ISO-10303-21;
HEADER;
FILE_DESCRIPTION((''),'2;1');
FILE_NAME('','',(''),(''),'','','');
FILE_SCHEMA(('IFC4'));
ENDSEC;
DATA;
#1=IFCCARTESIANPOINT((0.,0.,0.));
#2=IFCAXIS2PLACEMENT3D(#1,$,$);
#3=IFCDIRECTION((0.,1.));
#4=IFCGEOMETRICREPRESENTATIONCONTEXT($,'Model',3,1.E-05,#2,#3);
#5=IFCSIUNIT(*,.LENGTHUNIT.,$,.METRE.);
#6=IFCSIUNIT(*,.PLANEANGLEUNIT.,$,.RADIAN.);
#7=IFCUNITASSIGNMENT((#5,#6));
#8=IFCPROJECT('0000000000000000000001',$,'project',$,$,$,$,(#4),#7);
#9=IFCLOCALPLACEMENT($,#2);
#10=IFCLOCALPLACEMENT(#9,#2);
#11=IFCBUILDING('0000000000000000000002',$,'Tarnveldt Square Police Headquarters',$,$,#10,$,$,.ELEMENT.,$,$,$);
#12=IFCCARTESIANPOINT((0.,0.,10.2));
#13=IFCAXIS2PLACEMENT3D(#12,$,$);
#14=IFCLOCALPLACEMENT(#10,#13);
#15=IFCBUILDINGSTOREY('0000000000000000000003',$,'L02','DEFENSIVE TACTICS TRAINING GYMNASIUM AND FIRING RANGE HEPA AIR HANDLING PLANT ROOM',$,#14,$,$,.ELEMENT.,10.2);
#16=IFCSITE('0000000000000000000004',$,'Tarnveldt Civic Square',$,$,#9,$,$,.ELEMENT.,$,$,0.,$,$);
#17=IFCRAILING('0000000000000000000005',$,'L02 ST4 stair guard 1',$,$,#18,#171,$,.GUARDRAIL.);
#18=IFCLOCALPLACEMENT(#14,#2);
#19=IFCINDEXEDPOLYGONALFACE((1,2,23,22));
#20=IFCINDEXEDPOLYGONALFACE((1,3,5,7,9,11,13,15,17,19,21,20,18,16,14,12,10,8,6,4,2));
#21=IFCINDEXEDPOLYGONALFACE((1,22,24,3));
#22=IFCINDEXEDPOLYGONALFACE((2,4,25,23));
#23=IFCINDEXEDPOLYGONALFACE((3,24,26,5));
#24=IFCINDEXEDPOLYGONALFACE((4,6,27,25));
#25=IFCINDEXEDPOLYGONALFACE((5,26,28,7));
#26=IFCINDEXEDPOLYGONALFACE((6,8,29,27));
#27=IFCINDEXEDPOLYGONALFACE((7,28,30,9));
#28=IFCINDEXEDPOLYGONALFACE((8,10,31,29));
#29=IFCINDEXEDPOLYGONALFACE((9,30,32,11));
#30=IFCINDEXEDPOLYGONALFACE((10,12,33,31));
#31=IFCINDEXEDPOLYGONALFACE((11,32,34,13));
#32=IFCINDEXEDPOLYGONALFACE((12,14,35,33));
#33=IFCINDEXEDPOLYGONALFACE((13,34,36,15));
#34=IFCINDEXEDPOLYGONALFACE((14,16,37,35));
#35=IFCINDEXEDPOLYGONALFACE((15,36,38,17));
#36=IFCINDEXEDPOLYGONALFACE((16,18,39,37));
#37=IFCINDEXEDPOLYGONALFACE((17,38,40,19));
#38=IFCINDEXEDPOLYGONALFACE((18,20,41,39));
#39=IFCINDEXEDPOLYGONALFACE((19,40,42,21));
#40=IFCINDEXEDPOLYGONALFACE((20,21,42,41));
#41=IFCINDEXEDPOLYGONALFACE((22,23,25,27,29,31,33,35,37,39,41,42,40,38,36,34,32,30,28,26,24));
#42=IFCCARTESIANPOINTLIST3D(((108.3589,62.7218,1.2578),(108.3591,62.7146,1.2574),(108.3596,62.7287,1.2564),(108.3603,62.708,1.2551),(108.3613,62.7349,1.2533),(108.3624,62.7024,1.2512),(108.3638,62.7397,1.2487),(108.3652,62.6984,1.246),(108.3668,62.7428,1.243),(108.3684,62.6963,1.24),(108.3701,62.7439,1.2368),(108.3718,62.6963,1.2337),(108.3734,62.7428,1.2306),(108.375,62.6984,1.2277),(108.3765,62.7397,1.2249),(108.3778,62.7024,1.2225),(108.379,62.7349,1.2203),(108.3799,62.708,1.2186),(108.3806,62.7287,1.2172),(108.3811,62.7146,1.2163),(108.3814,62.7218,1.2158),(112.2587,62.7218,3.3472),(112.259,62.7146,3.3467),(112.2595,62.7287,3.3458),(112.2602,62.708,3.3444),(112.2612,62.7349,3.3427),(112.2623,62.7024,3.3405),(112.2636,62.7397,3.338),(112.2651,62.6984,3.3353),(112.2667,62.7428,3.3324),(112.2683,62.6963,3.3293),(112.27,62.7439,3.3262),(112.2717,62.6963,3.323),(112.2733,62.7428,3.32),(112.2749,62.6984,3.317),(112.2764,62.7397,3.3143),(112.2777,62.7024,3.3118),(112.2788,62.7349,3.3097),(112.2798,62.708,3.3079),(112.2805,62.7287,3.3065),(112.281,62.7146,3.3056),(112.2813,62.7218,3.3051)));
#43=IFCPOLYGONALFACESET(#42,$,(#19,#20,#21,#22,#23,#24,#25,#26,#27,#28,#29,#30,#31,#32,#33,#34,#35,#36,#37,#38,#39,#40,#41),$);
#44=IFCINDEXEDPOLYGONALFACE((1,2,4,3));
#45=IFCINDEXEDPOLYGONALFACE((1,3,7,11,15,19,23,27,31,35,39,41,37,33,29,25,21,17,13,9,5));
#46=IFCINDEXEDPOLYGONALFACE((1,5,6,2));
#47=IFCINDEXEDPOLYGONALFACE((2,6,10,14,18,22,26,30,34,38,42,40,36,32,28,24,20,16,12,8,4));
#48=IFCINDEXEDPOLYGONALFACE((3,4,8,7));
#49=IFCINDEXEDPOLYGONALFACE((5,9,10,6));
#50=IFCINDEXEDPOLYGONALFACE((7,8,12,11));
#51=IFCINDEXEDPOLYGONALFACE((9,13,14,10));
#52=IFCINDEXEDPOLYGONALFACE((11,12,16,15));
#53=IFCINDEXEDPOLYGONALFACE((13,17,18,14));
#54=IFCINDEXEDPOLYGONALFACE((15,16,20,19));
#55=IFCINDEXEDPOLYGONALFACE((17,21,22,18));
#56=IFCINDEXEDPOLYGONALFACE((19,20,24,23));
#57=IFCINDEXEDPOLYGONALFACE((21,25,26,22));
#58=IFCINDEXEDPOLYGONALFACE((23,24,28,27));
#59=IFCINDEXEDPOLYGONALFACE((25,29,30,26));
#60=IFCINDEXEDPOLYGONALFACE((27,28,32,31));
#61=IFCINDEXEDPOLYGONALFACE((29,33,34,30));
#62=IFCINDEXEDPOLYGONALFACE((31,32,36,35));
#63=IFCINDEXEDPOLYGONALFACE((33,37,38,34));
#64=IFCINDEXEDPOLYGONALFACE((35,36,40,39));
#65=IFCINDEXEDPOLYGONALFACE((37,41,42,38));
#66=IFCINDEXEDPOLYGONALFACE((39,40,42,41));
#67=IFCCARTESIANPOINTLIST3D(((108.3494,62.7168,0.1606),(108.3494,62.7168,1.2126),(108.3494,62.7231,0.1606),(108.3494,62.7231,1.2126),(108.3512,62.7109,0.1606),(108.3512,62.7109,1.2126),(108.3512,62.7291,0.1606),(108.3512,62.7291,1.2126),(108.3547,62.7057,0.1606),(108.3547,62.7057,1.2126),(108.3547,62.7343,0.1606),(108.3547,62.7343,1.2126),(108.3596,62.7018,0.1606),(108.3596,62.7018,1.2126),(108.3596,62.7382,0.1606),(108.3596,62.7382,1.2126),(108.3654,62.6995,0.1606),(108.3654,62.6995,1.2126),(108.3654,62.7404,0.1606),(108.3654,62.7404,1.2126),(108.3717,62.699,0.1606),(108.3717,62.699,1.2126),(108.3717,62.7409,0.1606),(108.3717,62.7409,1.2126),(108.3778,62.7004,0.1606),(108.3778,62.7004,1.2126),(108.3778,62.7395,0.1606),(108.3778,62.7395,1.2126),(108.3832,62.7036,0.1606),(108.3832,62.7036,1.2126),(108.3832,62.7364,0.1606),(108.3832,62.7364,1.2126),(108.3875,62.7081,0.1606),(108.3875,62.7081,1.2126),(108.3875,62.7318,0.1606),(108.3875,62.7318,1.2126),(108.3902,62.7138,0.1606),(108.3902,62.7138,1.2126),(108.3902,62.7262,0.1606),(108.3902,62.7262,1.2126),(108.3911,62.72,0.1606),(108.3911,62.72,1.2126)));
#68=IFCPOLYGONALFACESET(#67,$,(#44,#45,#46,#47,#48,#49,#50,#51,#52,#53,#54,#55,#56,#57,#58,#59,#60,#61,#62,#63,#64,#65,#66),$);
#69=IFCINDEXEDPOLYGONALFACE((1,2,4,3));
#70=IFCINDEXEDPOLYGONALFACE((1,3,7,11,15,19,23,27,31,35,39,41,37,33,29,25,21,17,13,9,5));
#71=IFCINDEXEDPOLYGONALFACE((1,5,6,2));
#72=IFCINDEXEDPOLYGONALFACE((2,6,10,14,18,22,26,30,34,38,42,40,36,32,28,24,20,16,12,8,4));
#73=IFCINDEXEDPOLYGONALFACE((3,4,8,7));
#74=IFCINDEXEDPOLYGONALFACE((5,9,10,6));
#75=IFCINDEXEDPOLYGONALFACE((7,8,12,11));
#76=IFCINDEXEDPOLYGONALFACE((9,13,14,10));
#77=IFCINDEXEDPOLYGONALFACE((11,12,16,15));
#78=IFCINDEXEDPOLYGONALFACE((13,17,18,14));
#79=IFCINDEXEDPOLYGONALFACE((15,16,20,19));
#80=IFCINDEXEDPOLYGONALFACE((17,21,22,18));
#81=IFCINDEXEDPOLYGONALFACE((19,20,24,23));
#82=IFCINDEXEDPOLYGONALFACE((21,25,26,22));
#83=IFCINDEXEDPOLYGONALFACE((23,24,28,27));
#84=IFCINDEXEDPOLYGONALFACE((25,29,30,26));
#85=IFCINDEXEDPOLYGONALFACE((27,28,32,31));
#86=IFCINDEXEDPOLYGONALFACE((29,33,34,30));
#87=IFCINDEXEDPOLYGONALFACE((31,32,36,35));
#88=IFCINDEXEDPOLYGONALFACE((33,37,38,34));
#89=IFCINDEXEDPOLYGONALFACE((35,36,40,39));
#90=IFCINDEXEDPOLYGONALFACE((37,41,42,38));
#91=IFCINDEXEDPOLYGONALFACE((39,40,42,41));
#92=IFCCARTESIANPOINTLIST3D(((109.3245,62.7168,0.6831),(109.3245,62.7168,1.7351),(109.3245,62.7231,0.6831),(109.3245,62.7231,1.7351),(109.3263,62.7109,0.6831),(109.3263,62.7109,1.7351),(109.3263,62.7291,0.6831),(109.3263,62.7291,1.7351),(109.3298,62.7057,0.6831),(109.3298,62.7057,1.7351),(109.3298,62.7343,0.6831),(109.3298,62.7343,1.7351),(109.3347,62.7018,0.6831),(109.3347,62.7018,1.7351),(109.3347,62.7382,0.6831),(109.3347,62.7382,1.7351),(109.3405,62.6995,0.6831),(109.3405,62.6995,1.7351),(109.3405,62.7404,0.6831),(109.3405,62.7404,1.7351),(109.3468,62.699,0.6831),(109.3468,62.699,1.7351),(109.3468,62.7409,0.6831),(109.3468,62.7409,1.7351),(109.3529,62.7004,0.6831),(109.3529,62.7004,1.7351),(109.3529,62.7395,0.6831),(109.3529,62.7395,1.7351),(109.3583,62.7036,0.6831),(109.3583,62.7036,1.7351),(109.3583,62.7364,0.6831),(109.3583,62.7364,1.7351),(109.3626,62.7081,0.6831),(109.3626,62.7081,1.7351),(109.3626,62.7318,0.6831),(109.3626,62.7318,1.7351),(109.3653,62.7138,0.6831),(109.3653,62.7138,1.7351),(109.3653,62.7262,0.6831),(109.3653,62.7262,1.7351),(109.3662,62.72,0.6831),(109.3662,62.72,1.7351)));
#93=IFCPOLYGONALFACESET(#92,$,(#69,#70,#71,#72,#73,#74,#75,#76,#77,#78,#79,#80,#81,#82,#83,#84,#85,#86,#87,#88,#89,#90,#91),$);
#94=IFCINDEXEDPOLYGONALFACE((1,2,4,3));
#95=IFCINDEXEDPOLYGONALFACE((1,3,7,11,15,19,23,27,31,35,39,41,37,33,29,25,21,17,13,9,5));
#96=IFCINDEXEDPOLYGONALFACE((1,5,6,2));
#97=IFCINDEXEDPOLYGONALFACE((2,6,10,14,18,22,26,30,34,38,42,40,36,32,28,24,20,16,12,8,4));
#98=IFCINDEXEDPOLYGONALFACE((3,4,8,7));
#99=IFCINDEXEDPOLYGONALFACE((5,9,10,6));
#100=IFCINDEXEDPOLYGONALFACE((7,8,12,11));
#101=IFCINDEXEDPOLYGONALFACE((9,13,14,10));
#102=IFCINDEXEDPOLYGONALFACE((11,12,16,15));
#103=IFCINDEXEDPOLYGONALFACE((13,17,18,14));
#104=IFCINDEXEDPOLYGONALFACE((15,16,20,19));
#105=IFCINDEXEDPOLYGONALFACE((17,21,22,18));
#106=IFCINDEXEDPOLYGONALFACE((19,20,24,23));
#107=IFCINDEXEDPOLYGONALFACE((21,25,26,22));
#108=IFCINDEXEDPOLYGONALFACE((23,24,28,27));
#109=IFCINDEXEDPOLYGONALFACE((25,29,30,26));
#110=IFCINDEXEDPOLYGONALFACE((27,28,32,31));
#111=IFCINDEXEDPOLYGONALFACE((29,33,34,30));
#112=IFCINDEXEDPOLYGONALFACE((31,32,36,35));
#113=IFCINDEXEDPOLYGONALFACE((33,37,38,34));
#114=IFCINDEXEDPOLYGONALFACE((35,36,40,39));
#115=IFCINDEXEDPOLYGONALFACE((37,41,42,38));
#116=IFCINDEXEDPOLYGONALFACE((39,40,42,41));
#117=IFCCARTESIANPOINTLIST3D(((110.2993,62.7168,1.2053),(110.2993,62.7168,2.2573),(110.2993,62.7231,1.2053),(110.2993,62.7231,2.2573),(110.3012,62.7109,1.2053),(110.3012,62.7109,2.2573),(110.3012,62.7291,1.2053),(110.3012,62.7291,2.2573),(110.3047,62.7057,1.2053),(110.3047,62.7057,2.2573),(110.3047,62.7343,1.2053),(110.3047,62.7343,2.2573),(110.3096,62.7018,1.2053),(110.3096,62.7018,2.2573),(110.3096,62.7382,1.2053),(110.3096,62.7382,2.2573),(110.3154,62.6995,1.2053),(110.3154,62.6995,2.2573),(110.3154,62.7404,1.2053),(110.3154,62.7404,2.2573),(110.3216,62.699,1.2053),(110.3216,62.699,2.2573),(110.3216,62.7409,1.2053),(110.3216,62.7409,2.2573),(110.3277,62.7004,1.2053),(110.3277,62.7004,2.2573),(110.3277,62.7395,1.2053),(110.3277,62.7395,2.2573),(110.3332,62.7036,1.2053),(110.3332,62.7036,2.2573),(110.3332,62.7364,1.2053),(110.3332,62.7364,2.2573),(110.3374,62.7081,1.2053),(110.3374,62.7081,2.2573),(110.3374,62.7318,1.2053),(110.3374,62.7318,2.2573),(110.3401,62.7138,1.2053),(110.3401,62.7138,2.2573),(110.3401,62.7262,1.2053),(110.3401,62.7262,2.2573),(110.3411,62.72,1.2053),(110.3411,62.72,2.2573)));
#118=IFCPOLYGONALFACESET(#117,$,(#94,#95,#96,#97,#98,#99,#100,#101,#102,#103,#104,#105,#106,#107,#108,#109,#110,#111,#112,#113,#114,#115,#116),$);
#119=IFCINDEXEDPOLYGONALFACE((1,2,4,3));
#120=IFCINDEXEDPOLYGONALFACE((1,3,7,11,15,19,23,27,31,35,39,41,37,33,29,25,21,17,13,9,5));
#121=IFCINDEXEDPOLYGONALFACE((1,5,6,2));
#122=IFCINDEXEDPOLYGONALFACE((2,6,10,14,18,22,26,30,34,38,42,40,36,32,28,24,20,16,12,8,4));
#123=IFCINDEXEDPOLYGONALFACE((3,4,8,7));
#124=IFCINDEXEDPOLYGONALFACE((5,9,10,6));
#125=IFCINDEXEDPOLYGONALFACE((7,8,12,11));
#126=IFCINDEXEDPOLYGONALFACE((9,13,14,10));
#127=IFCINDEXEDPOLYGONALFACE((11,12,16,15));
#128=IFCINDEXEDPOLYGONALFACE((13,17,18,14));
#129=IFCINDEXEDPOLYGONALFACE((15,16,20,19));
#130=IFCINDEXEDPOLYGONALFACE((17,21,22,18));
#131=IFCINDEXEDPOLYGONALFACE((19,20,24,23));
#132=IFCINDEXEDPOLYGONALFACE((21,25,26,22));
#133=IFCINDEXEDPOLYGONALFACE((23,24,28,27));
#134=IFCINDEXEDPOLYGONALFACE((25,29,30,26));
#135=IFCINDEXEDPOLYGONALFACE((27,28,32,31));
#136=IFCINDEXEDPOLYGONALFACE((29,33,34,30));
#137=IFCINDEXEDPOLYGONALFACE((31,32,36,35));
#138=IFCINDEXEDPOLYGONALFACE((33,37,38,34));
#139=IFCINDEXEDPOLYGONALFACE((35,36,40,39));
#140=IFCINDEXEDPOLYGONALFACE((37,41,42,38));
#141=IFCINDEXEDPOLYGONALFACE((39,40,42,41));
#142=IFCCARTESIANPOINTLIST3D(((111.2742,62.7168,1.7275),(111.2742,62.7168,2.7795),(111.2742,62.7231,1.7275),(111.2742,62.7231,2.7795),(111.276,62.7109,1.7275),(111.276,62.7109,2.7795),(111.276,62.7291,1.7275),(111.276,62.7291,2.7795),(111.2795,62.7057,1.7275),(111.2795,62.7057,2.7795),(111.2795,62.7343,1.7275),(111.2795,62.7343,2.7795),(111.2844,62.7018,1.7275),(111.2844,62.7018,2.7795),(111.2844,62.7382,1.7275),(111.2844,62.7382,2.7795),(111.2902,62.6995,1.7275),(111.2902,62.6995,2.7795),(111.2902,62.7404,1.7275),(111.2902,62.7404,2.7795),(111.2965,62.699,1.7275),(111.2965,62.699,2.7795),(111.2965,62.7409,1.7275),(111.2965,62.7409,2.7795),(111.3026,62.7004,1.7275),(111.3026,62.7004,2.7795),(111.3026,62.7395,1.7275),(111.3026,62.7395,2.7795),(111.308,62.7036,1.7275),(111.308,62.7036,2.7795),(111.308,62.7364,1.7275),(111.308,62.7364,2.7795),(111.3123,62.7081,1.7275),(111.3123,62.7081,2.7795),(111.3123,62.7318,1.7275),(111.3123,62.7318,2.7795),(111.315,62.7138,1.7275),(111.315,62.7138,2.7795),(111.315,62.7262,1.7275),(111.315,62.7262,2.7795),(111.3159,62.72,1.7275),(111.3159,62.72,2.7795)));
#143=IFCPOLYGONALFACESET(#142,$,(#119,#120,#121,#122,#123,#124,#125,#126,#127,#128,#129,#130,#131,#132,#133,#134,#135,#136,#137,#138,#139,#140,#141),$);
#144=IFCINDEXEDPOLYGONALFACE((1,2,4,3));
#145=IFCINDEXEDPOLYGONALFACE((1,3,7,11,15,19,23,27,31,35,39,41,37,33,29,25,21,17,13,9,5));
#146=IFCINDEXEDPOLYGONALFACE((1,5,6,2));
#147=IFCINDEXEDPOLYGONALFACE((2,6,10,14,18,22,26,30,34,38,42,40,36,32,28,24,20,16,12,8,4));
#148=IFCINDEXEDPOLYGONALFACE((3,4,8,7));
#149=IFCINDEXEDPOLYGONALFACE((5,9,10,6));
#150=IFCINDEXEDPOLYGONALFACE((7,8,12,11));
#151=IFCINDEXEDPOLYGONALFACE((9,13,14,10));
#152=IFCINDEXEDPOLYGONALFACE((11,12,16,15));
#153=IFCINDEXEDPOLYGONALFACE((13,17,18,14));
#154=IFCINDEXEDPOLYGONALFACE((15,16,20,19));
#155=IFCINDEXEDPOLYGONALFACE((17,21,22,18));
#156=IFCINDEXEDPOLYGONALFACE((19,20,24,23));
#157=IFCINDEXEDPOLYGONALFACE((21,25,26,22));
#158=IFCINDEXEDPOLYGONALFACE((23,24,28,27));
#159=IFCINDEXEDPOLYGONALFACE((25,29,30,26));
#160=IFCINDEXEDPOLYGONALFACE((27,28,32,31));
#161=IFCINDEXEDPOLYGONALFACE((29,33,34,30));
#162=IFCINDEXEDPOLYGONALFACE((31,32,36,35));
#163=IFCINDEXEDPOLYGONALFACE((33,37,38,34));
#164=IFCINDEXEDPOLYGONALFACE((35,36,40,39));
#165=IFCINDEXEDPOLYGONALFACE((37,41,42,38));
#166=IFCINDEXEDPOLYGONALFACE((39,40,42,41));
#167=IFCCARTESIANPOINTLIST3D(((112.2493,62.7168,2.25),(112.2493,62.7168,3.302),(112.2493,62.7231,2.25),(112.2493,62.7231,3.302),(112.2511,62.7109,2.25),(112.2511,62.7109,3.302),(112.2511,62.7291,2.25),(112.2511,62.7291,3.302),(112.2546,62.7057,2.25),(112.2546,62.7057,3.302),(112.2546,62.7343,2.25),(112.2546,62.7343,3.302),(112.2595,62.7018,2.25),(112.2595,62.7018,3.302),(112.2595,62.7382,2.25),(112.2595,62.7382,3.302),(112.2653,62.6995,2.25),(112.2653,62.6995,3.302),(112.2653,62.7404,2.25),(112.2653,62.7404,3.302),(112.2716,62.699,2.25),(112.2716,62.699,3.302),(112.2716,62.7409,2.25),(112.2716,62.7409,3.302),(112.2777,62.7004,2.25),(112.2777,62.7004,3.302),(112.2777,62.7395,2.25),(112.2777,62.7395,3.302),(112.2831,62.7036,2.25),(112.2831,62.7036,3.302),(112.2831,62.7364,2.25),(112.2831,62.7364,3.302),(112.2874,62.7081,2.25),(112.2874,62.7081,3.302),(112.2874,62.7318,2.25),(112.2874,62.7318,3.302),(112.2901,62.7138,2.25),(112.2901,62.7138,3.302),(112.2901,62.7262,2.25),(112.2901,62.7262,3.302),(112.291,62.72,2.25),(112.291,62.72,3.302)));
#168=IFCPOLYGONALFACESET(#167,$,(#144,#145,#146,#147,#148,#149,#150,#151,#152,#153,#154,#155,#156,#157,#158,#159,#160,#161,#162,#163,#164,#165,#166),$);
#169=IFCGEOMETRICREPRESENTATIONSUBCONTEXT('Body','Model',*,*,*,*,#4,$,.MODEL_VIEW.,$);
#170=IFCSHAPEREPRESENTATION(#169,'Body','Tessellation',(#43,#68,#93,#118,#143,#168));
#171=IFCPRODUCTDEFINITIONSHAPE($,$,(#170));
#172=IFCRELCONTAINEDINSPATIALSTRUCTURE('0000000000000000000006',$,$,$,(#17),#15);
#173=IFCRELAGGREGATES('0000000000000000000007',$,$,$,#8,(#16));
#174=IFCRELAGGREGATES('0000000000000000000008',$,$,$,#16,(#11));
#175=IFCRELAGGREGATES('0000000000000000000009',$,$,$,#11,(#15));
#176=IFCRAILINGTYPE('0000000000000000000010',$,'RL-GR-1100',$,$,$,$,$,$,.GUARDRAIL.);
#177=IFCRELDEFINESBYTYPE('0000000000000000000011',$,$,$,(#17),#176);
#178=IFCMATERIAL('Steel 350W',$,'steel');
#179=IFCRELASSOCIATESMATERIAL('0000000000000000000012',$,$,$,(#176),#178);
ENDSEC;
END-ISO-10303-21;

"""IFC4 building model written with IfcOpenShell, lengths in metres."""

from ifc_helpers import new_model, si_unit, direction, frame, origin, origin_2d, place, context, subcontext, project, spatial, circle, extrude, material, type_object, element, save


model = new_model("IFC4")

# Units and contexts
model_context = context("Model", 3, precision=1e-05, world=origin(), true_north=direction((0.0, 1.0)))
body_context = subcontext(model_context, "Body", "Model", "MODEL_VIEW")
ifc_project = project(units=[si_unit("LENGTHUNIT", "METRE"), si_unit("PLANEANGLEUNIT", "RADIAN")], contexts=[model_context])

# Site, building, storey
site_placement = place(None, origin())
site = spatial("IfcSite", under=ifc_project, at=site_placement, Name="Tarnveldt Civic Square", CompositionType="ELEMENT", RefElevation=0.0)
building_placement = place(site_placement, origin())
building = spatial("IfcBuilding", under=site, at=building_placement, Name="Tarnveldt Square Police Headquarters", CompositionType="ELEMENT")
storey_placement = place(building_placement, frame((0.0, 0.0, 10.2)))
storey = spatial("IfcBuildingStorey", under=building, at=storey_placement, Name="L02", Description="DEFENSIVE TACTICS TRAINING GYMNASIUM AND FIRING RANGE HEPA AIR HANDLING PLANT ROOM", CompositionType="ELEMENT", Elevation=10.2)

# Shared definitions
ifc_material_1 = material(Name="Steel 350W", Category="steel")

# Railing
railing_type_1 = type_object("IfcRailingType", Name="RL-GR-1100", PredefinedType="GUARDRAIL", material=ifc_material_1)
railing_1_placement = place(storey_placement, frame((108.3701, 62.72, 0.1606)))
element("IfcRailing", 1, at=railing_1_placement, inside=storey, type_object=railing_type_1, Name="L02 ST4 stair guard 1", PredefinedType="GUARDRAIL", context=body_context, shape_type="SweptSolid", body=[
    extrude(circle(Radius=0.0239, at=origin_2d()), frame((0.0, 0.0, 1.0762), z_axis=(0.881468, 0.0, 0.472243), x_axis=(0.0, 1.0, 0.0)), (0.0, 0.0, 1.0), 4.4243),
    extrude(circle(Radius=0.021, at=origin_2d()), origin(), (0.0, 0.0, 1.0), 1.052),
    extrude(circle(Radius=0.021, at=origin_2d()), frame((0.9751, 0.0, 0.5225)), (0.0, 0.0, 1.0), 1.052),
    extrude(circle(Radius=0.021, at=origin_2d()), frame((1.95, 0.0, 1.0447)), (0.0, 0.0, 1.0), 1.052),
    extrude(circle(Radius=0.021, at=origin_2d()), frame((2.9248, 0.0, 1.5669)), (0.0, 0.0, 1.0), 1.052),
    extrude(circle(Radius=0.021, at=origin_2d()), frame((3.8999, 0.0, 2.0894)), (0.0, 0.0, 1.0), 1.052),
])

save(model, "model.ifc")
